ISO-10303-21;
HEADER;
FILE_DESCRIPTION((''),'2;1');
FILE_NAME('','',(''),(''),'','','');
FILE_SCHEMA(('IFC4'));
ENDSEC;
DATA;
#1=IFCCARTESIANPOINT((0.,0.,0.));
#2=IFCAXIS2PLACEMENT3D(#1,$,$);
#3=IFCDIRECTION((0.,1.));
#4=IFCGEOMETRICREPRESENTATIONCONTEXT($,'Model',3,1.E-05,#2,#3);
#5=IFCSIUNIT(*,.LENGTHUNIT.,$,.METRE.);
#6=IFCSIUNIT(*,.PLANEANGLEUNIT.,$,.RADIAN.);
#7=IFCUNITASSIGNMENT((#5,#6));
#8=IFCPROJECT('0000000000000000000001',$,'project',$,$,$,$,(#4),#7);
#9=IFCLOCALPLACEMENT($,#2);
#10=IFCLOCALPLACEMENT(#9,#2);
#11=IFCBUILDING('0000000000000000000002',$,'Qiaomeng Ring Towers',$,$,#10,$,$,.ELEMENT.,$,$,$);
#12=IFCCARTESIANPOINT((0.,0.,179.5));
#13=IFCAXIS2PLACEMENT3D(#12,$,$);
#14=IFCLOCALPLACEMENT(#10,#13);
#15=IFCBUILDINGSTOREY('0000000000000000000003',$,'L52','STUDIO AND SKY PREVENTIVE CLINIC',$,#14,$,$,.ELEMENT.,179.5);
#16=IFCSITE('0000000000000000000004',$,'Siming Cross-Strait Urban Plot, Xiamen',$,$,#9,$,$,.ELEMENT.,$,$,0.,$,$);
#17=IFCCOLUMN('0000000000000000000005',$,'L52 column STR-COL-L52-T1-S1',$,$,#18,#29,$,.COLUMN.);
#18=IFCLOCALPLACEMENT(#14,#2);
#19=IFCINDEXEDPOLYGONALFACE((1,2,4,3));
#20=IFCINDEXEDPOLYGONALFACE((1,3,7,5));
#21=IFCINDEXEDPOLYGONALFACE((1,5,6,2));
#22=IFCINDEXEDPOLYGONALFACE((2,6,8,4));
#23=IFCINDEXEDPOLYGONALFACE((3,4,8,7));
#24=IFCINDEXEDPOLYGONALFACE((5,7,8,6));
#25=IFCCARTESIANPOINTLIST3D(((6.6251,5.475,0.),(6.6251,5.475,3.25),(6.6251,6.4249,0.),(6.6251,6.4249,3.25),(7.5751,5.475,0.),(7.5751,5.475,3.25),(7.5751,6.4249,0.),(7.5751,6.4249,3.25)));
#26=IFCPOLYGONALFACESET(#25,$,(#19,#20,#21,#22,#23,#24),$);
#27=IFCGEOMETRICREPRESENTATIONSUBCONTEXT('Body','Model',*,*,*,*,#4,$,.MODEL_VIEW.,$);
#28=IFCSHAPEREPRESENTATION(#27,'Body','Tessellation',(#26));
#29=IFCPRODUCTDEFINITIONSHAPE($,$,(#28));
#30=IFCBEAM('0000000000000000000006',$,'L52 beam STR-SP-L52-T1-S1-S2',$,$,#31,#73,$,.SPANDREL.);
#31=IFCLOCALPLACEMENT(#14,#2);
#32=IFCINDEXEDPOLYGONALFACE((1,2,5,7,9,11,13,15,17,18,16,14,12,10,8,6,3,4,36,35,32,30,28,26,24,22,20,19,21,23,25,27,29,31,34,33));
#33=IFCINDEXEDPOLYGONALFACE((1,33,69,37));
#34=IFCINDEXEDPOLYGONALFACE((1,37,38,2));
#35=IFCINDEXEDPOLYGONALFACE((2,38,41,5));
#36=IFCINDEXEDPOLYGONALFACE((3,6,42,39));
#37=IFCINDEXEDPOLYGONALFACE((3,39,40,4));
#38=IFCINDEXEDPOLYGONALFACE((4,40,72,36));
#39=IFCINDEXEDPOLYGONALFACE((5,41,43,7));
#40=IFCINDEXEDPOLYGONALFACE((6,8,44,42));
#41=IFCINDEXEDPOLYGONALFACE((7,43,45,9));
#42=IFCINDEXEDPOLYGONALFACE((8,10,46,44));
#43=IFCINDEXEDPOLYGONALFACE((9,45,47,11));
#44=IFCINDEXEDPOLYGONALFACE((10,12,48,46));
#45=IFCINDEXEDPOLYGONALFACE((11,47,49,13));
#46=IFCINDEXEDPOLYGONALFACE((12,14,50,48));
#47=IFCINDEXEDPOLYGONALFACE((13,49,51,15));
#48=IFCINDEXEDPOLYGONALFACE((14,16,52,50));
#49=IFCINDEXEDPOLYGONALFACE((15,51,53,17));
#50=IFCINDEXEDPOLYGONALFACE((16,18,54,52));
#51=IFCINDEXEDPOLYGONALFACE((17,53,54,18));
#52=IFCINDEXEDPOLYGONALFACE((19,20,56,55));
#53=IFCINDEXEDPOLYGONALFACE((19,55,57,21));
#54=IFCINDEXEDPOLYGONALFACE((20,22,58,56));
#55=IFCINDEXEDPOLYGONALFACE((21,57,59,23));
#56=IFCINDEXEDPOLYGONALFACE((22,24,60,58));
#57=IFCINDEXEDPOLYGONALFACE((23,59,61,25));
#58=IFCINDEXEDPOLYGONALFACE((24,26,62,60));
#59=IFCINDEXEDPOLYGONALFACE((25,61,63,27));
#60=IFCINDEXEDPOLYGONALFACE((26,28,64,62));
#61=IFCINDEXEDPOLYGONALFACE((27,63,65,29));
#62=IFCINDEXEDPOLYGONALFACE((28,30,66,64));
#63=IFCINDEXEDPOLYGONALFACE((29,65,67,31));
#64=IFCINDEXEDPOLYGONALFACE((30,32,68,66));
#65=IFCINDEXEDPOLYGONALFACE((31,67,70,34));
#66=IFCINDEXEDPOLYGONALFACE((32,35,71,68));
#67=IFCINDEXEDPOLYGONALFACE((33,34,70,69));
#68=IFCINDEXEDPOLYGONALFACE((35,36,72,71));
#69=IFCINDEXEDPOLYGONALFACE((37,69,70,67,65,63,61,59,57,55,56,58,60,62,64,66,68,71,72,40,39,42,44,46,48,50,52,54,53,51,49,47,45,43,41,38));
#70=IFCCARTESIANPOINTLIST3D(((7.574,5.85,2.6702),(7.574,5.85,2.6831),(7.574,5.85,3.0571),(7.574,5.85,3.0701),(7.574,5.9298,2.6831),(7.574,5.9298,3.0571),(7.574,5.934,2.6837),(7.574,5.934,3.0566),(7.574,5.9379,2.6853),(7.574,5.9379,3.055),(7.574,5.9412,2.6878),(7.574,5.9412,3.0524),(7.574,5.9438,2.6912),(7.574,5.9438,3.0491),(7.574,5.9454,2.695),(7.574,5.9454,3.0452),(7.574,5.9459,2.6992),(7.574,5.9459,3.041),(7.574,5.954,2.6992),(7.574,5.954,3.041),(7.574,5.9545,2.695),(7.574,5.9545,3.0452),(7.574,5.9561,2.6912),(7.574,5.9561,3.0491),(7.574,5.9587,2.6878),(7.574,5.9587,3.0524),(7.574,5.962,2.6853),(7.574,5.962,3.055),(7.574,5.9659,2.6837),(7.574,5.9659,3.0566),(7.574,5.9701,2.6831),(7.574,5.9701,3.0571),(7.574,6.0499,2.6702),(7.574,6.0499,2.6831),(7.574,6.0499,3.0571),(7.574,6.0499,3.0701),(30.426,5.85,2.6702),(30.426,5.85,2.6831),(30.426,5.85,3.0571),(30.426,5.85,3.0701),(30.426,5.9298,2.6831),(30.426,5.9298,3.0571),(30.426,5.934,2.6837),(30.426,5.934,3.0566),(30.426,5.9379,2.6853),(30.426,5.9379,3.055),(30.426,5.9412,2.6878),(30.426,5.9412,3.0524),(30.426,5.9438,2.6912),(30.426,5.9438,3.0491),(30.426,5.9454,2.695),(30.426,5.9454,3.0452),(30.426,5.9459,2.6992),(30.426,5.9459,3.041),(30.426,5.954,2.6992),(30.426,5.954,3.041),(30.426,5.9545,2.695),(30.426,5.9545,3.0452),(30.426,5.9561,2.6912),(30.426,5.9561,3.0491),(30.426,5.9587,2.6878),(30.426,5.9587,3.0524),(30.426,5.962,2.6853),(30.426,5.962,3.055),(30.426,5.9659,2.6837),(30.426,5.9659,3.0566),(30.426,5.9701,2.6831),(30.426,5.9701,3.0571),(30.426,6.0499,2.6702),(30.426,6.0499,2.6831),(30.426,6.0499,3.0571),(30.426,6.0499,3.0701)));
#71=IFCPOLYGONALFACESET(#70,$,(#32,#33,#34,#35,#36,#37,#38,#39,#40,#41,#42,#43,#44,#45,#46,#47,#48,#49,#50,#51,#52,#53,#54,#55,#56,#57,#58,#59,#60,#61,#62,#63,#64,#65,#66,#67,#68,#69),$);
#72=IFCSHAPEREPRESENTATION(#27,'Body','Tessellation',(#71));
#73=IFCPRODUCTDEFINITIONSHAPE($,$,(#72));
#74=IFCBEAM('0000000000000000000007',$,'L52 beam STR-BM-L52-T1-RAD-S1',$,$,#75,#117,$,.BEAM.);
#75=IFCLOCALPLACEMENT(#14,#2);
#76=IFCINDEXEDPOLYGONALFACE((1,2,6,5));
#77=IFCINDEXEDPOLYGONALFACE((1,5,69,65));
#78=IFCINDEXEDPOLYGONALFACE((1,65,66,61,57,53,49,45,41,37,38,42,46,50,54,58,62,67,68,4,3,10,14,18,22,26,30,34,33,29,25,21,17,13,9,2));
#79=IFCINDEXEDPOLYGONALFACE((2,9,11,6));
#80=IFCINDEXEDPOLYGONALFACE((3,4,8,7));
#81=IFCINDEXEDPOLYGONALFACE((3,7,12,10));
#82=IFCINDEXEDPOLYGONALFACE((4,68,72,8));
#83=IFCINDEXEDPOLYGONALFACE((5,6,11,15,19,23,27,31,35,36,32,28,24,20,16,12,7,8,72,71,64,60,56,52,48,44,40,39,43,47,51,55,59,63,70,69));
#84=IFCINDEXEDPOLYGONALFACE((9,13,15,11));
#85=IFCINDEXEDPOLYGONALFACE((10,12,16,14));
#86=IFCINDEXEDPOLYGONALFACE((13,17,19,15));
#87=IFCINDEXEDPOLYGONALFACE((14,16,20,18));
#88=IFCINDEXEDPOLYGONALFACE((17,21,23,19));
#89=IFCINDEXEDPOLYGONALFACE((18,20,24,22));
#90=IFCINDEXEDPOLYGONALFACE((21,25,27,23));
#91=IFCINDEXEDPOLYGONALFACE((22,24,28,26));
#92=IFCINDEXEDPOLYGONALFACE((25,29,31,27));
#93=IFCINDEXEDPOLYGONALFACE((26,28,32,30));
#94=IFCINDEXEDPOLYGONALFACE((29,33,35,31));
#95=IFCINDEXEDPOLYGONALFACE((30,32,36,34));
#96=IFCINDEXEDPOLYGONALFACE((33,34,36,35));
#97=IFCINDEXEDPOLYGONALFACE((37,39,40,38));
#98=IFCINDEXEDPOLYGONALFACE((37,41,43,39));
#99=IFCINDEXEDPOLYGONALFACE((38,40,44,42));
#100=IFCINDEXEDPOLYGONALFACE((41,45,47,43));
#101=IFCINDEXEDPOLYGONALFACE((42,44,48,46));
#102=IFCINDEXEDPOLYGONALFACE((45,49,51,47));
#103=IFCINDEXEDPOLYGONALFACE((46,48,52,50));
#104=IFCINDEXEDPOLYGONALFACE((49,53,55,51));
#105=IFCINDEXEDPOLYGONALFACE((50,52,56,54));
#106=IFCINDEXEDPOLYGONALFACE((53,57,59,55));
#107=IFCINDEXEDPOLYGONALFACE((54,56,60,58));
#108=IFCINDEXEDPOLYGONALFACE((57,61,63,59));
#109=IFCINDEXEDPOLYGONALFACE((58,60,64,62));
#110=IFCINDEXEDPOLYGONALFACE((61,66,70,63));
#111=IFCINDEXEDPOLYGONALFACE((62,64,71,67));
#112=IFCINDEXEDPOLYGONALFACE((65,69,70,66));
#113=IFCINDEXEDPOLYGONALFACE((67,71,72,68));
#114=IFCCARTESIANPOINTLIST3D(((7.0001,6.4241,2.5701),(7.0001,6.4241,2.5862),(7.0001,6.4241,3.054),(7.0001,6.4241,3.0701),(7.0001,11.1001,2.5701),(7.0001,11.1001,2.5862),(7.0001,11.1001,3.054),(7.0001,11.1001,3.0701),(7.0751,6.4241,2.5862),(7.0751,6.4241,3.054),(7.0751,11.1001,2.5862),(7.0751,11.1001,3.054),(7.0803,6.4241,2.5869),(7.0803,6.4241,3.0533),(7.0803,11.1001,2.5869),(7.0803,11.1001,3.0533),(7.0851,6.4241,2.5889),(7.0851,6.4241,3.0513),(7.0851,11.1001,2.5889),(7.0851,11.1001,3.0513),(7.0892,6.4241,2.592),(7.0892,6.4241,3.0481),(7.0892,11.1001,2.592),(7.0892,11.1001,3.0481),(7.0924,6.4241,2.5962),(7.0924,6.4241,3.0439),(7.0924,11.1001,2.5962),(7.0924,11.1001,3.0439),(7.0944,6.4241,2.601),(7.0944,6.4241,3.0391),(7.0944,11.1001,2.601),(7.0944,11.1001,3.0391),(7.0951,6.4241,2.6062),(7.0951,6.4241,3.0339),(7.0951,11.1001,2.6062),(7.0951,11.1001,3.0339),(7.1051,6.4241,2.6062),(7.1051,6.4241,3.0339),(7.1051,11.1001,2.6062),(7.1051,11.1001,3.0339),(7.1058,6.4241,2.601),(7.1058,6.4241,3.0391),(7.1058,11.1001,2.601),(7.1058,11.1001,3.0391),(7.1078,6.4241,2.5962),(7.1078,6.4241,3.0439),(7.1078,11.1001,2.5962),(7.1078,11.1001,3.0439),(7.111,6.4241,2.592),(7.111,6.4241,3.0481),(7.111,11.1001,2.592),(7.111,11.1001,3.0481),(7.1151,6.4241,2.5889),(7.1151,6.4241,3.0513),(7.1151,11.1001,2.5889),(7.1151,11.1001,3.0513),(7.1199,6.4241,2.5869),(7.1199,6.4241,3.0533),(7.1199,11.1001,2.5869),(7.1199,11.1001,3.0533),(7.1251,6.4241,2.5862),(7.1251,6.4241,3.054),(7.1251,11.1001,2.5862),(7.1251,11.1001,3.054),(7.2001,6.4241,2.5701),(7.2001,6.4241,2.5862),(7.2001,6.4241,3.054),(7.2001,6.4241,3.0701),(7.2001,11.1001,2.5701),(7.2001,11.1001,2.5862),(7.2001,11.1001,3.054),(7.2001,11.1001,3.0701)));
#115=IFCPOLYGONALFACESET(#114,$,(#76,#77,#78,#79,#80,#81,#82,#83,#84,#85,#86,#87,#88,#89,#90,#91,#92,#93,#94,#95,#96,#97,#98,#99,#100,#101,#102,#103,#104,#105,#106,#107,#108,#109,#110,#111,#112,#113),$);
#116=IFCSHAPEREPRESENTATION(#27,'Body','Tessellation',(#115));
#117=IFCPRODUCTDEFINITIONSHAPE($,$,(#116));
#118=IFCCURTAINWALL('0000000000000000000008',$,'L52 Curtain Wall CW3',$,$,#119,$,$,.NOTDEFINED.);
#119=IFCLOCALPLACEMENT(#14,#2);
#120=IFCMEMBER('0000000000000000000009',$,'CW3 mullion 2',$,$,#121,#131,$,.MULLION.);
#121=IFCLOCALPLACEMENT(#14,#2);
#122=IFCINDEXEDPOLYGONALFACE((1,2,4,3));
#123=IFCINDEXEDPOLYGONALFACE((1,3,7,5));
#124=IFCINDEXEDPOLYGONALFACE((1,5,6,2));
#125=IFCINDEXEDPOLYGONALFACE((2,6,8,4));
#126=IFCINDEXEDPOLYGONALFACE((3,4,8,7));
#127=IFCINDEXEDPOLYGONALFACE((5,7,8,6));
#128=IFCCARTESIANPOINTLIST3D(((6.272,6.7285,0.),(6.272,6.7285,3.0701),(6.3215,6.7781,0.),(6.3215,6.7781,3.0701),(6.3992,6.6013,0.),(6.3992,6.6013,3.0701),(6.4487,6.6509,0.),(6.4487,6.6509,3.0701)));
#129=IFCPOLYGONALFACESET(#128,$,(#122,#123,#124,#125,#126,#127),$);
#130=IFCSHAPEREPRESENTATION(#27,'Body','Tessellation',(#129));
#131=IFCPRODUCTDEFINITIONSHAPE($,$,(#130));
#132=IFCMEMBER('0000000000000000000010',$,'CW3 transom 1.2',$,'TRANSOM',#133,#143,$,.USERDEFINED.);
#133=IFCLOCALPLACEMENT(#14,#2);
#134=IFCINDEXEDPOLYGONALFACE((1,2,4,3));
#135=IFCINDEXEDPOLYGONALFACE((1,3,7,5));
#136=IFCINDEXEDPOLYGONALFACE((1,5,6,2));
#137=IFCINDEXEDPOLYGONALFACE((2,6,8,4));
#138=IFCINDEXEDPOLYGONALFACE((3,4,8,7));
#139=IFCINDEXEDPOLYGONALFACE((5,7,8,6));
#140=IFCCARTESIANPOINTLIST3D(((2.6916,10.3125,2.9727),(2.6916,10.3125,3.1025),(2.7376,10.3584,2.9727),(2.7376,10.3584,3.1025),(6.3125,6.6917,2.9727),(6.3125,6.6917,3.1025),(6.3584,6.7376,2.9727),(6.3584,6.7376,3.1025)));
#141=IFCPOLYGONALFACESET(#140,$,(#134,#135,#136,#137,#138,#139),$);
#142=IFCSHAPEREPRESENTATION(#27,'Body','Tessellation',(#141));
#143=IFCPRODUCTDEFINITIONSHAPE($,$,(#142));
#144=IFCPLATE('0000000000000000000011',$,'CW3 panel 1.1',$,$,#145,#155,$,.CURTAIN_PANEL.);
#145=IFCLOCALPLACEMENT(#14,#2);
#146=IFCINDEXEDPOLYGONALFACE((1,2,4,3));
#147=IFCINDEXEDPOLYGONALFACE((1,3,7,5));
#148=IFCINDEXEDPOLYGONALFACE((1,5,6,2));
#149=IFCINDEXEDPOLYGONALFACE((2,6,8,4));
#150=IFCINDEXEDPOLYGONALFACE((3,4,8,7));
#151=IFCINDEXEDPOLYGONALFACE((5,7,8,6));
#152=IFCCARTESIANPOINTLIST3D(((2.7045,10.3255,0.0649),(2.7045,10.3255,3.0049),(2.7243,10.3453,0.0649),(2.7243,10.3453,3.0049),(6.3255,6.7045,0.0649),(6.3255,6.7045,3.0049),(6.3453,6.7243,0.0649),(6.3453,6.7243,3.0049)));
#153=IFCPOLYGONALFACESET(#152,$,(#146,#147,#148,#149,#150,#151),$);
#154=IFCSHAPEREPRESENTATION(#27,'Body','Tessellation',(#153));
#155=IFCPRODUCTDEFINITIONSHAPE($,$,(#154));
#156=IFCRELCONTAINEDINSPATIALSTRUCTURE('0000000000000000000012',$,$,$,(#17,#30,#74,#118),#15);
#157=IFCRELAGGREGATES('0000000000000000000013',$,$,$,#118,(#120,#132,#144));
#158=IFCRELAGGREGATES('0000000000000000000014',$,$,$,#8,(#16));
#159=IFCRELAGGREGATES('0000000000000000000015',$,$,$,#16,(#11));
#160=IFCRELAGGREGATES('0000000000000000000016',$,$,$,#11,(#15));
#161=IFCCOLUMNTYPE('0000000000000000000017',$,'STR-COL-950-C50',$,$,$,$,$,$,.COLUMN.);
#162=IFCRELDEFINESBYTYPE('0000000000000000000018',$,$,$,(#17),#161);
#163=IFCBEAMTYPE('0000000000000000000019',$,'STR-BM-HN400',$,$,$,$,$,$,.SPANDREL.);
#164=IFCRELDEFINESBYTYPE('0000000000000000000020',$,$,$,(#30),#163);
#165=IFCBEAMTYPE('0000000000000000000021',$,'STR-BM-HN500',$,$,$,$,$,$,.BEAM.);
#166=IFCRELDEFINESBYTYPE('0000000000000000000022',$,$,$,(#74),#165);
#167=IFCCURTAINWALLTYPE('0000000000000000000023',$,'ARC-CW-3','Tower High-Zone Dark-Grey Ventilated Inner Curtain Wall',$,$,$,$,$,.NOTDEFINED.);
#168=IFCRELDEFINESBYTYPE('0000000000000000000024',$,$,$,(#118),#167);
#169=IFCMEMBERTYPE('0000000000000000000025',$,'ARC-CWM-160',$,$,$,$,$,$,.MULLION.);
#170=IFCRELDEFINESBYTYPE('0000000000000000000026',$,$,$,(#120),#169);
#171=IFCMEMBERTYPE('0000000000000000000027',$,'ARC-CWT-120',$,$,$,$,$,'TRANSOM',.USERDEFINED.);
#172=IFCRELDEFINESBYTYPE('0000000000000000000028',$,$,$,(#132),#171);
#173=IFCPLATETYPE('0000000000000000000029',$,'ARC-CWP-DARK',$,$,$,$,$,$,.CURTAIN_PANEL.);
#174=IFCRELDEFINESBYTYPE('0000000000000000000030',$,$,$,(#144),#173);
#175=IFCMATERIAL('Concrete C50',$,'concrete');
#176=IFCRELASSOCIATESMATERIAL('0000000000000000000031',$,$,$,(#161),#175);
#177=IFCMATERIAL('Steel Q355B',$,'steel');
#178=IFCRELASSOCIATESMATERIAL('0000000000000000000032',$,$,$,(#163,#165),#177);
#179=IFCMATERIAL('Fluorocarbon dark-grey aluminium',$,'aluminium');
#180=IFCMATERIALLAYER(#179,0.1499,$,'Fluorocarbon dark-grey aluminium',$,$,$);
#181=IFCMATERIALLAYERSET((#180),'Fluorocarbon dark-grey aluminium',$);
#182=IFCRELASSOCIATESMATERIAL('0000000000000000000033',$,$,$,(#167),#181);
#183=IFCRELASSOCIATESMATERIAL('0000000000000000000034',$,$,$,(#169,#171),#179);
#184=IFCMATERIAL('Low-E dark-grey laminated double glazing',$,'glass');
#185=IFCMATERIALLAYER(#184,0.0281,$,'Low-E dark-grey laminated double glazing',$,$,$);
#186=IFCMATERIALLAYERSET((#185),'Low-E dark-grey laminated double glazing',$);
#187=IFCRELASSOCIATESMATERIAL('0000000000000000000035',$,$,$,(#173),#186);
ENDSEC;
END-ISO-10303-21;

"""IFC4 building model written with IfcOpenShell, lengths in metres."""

from ifc_helpers import new_model, si_unit, direction, frame, origin, origin_2d, place, context, subcontext, project, spatial, rectangle, i_section, extrude, source, transform, mapped, material, layer, layer_set, material_profile, profile_set, type_object, element, aggregate, save


model = new_model("IFC4")

# Units and contexts
model_context = context("Model", 3, precision=1e-05, world=origin(), true_north=direction((0.0, 1.0)))
body_context = subcontext(model_context, "Body", "Model", "MODEL_VIEW")
ifc_project = project(units=[si_unit("LENGTHUNIT", "METRE"), si_unit("PLANEANGLEUNIT", "RADIAN")], contexts=[model_context])

# Site, building, storey
site_placement = place(None, origin())
site = spatial("IfcSite", under=ifc_project, at=site_placement, Name="Siming Cross-Strait Urban Plot, Xiamen", CompositionType="ELEMENT", RefElevation=0.0)
building_placement = place(site_placement, origin())
building = spatial("IfcBuilding", under=site, at=building_placement, Name="Qiaomeng Ring Towers", CompositionType="ELEMENT")
storey_placement = place(building_placement, frame((0.0, 0.0, 179.5)))
storey = spatial("IfcBuildingStorey", under=building, at=storey_placement, Name="L52", Description="STUDIO AND SKY PREVENTIVE CLINIC", CompositionType="ELEMENT", Elevation=179.5)

# Column
ifc_material_1 = material(Name="Concrete C50", Category="concrete")
ifc_material_profile_1 = material_profile(ifc_material_1, rectangle(XDim=0.95, YDim=0.95, at=origin_2d()), Name="RC COL 950x950")
ifc_profile_set_1 = profile_set([ifc_material_profile_1], Name="Concrete C50")
column_type = type_object("IfcColumnType", Name="STR-COL-950-C50", PredefinedType="COLUMN", material=ifc_profile_set_1)
shared_shape_1 = source(origin(), body_context, "Body", "SweptSolid", [
    extrude(rectangle(XDim=0.95, YDim=0.95, at=origin_2d()), origin(), (0.0, 0.0, 1.0), 3.25),
])
column_placement = place(storey_placement, frame((7.1001, 5.95, 0.0), z_axis=(0.0, 0.0, 1.0), x_axis=(1.0, 0.0, 0.0)))
element("IfcColumn", 1, at=column_placement, inside=storey, type_object=column_type, Name="L52 column STR-COL-L52-T1-S1", PredefinedType="COLUMN", context=body_context, shape_type="MappedRepresentation", body=[
    mapped(shared_shape_1, transform((0.0, 0.0, 0.0), x_axis=(1.0, 0.0, 0.0), y_axis=(0.0, 1.0, 0.0), z_axis=(0.0, 0.0, 1.0), scale=1.0)),
])

# Beams
ifc_material_2 = material(Name="Steel Q355B", Category="steel")
ifc_material_profile_2 = material_profile(ifc_material_2, i_section(OverallWidth=0.2, OverallDepth=0.3999, WebThickness=0.0081, FlangeThickness=0.0129, FilletRadius=0.0161, at=origin_2d()), Name="HN 400x200x8x13")
ifc_profile_set_2 = profile_set([ifc_material_profile_2], Name="Steel Q355B")
beam_type_1 = type_object("IfcBeamType", Name="STR-BM-HN400", PredefinedType="SPANDREL", material=ifc_profile_set_2)
shared_shape_2 = source(origin(), body_context, "Body", "SweptSolid", [
    extrude(i_section(OverallWidth=0.2, OverallDepth=0.3999, WebThickness=0.0081, FlangeThickness=0.0129, FilletRadius=0.0161, at=origin_2d()), origin(), (0.0, 0.0, 1.0), 22.8521),
])
beam_1_placement = place(storey_placement, frame((7.574, 5.95, 2.8701), z_axis=(1.0, 0.0, 0.0), x_axis=(0.0, 1.0, 0.0)))
element("IfcBeam", 2, at=beam_1_placement, inside=storey, type_object=beam_type_1, Name="L52 beam STR-SP-L52-T1-S1-S2", PredefinedType="SPANDREL", context=body_context, shape_type="MappedRepresentation", body=[
    mapped(shared_shape_2, transform((0.0, 0.0, 0.0), x_axis=(1.0, 0.0, 0.0), y_axis=(0.0, 1.0, 0.0), z_axis=(0.0, 0.0, 1.0), scale=1.0)),
])
ifc_material_profile_3 = material_profile(ifc_material_2, i_section(OverallWidth=0.2, OverallDepth=0.5, WebThickness=0.01, FlangeThickness=0.0161, FilletRadius=0.02, at=origin_2d()), Name="HN 500x200x10x16")
ifc_profile_set_3 = profile_set([ifc_material_profile_3], Name="Steel Q355B")
beam_type_2 = type_object("IfcBeamType", Name="STR-BM-HN500", PredefinedType="BEAM", material=ifc_profile_set_3)
shared_shape_3 = source(origin(), body_context, "Body", "SweptSolid", [
    extrude(i_section(OverallWidth=0.2, OverallDepth=0.5, WebThickness=0.01, FlangeThickness=0.0161, FilletRadius=0.02, at=origin_2d()), origin(), (0.0, 0.0, 1.0), 4.676),
])
beam_2_placement = place(storey_placement, frame((7.1001, 6.4241, 2.8201), z_axis=(0.0, 1.0, 0.0), x_axis=(-1.0, 0.0, 0.0)))
element("IfcBeam", 3, at=beam_2_placement, inside=storey, type_object=beam_type_2, Name="L52 beam STR-BM-L52-T1-RAD-S1", PredefinedType="BEAM", context=body_context, shape_type="MappedRepresentation", body=[
    mapped(shared_shape_3, transform((0.0, 0.0, 0.0), x_axis=(1.0, 0.0, 0.0), y_axis=(0.0, 1.0, 0.0), z_axis=(0.0, 0.0, 1.0), scale=1.0)),
])

# Curtain wall, members, plate
ifc_material_3 = material(Name="Fluorocarbon dark-grey aluminium", Category="aluminium")
ifc_layer_1 = layer(ifc_material_3, 0.1499, Name="Fluorocarbon dark-grey aluminium")
ifc_layer_set_1 = layer_set([ifc_layer_1], Name="Fluorocarbon dark-grey aluminium")
curtain_wall_type = type_object("IfcCurtainWallType", Name="ARC-CW-3", Description="Tower High-Zone Dark-Grey Ventilated Inner Curtain Wall", PredefinedType="NOTDEFINED", material=ifc_layer_set_1)
curtain_wall_placement = place(storey_placement, origin())
curtain_wall = element("IfcCurtainWall", 4, at=curtain_wall_placement, inside=storey, type_object=curtain_wall_type, Name="L52 Curtain Wall CW3", PredefinedType="NOTDEFINED")
ifc_material_profile_4 = material_profile(ifc_material_3, rectangle(XDim=0.0701, YDim=0.1799, at=origin_2d()), Name="ALU MULL 70x180")
ifc_profile_set_4 = profile_set([ifc_material_profile_4], Name="Fluorocarbon dark-grey aluminium")
member_type_1 = type_object("IfcMemberType", Name="ARC-CWM-160", PredefinedType="MULLION", material=ifc_profile_set_4)
shared_shape_4 = source(origin(), body_context, "Body", "SweptSolid", [
    extrude(rectangle(XDim=0.0701, YDim=0.1799, at=origin_2d()), origin(), (0.0, 0.0, 1.0), 3.0701),
])
member_1_placement = place(storey_placement, frame((6.3604, 6.6897, 0.0), z_axis=(0.0, 0.0, 1.0), x_axis=(0.707107, 0.707107, 0.0)))
member_1 = element("IfcMember", 5, at=member_1_placement, type_object=member_type_1, Name="CW3 mullion 2", PredefinedType="MULLION", context=body_context, shape_type="MappedRepresentation", body=[
    mapped(shared_shape_4, transform((0.0, 0.0, 0.0), x_axis=(1.0, 0.0, 0.0), y_axis=(0.0, 1.0, 0.0), z_axis=(0.0, 0.0, 1.0), scale=1.0)),
])
ifc_material_profile_5 = material_profile(ifc_material_3, rectangle(XDim=0.0649, YDim=0.1299, at=origin_2d()), Name="ALU TRAN 65x130")
ifc_profile_set_5 = profile_set([ifc_material_profile_5], Name="Fluorocarbon dark-grey aluminium")
member_type_2 = type_object("IfcMemberType", Name="ARC-CWT-120", ElementType="TRANSOM", PredefinedType="USERDEFINED", material=ifc_profile_set_5)
shared_shape_5 = source(origin(), body_context, "Body", "SweptSolid", [
    extrude(rectangle(XDim=0.0649, YDim=0.1299, at=origin_2d()), origin(), (0.0, 0.0, 1.0), 5.1206),
])
member_2_placement = place(storey_placement, frame((2.7146, 10.3354, 3.0376), z_axis=(0.707107, -0.707107, 0.0), x_axis=(0.707107, 0.707107, 0.0)))
member_2 = element("IfcMember", 6, at=member_2_placement, type_object=member_type_2, Name="CW3 transom 1.2", ObjectType="TRANSOM", PredefinedType="USERDEFINED", context=body_context, shape_type="MappedRepresentation", body=[
    mapped(shared_shape_5, transform((0.0, 0.0, 0.0), x_axis=(1.0, 0.0, 0.0), y_axis=(0.0, 1.0, 0.0), z_axis=(0.0, 0.0, 1.0), scale=1.0)),
])
ifc_material_4 = material(Name="Low-E dark-grey laminated double glazing", Category="glass")
ifc_layer_2 = layer(ifc_material_4, 0.0281, Name="Low-E dark-grey laminated double glazing")
ifc_layer_set_2 = layer_set([ifc_layer_2], Name="Low-E dark-grey laminated double glazing")
plate_type = type_object("IfcPlateType", Name="ARC-CWP-DARK", PredefinedType="CURTAIN_PANEL", material=ifc_layer_set_2)
shared_shape_6 = source(origin(), body_context, "Body", "SweptSolid", [
    extrude(rectangle(XDim=5.1208, YDim=0.0281, at=origin_2d()), origin(), (0.0, 0.0, 1.0), 2.9399),
])
plate_placement = place(storey_placement, frame((4.5249, 8.5249, 0.0649), z_axis=(0.0, 0.0, 1.0), x_axis=(0.707107, -0.707107, 0.0)))
plate = element("IfcPlate", 7, at=plate_placement, type_object=plate_type, Name="CW3 panel 1.1", PredefinedType="CURTAIN_PANEL", context=body_context, shape_type="MappedRepresentation", body=[
    mapped(shared_shape_6, transform((0.0, 0.0, 0.0), x_axis=(1.0, 0.0, 0.0), y_axis=(0.0, 1.0, 0.0), z_axis=(0.0, 0.0, 1.0), scale=1.0)),
])
aggregate(curtain_wall, [member_1, member_2, plate])

save(model, "model.ifc")
